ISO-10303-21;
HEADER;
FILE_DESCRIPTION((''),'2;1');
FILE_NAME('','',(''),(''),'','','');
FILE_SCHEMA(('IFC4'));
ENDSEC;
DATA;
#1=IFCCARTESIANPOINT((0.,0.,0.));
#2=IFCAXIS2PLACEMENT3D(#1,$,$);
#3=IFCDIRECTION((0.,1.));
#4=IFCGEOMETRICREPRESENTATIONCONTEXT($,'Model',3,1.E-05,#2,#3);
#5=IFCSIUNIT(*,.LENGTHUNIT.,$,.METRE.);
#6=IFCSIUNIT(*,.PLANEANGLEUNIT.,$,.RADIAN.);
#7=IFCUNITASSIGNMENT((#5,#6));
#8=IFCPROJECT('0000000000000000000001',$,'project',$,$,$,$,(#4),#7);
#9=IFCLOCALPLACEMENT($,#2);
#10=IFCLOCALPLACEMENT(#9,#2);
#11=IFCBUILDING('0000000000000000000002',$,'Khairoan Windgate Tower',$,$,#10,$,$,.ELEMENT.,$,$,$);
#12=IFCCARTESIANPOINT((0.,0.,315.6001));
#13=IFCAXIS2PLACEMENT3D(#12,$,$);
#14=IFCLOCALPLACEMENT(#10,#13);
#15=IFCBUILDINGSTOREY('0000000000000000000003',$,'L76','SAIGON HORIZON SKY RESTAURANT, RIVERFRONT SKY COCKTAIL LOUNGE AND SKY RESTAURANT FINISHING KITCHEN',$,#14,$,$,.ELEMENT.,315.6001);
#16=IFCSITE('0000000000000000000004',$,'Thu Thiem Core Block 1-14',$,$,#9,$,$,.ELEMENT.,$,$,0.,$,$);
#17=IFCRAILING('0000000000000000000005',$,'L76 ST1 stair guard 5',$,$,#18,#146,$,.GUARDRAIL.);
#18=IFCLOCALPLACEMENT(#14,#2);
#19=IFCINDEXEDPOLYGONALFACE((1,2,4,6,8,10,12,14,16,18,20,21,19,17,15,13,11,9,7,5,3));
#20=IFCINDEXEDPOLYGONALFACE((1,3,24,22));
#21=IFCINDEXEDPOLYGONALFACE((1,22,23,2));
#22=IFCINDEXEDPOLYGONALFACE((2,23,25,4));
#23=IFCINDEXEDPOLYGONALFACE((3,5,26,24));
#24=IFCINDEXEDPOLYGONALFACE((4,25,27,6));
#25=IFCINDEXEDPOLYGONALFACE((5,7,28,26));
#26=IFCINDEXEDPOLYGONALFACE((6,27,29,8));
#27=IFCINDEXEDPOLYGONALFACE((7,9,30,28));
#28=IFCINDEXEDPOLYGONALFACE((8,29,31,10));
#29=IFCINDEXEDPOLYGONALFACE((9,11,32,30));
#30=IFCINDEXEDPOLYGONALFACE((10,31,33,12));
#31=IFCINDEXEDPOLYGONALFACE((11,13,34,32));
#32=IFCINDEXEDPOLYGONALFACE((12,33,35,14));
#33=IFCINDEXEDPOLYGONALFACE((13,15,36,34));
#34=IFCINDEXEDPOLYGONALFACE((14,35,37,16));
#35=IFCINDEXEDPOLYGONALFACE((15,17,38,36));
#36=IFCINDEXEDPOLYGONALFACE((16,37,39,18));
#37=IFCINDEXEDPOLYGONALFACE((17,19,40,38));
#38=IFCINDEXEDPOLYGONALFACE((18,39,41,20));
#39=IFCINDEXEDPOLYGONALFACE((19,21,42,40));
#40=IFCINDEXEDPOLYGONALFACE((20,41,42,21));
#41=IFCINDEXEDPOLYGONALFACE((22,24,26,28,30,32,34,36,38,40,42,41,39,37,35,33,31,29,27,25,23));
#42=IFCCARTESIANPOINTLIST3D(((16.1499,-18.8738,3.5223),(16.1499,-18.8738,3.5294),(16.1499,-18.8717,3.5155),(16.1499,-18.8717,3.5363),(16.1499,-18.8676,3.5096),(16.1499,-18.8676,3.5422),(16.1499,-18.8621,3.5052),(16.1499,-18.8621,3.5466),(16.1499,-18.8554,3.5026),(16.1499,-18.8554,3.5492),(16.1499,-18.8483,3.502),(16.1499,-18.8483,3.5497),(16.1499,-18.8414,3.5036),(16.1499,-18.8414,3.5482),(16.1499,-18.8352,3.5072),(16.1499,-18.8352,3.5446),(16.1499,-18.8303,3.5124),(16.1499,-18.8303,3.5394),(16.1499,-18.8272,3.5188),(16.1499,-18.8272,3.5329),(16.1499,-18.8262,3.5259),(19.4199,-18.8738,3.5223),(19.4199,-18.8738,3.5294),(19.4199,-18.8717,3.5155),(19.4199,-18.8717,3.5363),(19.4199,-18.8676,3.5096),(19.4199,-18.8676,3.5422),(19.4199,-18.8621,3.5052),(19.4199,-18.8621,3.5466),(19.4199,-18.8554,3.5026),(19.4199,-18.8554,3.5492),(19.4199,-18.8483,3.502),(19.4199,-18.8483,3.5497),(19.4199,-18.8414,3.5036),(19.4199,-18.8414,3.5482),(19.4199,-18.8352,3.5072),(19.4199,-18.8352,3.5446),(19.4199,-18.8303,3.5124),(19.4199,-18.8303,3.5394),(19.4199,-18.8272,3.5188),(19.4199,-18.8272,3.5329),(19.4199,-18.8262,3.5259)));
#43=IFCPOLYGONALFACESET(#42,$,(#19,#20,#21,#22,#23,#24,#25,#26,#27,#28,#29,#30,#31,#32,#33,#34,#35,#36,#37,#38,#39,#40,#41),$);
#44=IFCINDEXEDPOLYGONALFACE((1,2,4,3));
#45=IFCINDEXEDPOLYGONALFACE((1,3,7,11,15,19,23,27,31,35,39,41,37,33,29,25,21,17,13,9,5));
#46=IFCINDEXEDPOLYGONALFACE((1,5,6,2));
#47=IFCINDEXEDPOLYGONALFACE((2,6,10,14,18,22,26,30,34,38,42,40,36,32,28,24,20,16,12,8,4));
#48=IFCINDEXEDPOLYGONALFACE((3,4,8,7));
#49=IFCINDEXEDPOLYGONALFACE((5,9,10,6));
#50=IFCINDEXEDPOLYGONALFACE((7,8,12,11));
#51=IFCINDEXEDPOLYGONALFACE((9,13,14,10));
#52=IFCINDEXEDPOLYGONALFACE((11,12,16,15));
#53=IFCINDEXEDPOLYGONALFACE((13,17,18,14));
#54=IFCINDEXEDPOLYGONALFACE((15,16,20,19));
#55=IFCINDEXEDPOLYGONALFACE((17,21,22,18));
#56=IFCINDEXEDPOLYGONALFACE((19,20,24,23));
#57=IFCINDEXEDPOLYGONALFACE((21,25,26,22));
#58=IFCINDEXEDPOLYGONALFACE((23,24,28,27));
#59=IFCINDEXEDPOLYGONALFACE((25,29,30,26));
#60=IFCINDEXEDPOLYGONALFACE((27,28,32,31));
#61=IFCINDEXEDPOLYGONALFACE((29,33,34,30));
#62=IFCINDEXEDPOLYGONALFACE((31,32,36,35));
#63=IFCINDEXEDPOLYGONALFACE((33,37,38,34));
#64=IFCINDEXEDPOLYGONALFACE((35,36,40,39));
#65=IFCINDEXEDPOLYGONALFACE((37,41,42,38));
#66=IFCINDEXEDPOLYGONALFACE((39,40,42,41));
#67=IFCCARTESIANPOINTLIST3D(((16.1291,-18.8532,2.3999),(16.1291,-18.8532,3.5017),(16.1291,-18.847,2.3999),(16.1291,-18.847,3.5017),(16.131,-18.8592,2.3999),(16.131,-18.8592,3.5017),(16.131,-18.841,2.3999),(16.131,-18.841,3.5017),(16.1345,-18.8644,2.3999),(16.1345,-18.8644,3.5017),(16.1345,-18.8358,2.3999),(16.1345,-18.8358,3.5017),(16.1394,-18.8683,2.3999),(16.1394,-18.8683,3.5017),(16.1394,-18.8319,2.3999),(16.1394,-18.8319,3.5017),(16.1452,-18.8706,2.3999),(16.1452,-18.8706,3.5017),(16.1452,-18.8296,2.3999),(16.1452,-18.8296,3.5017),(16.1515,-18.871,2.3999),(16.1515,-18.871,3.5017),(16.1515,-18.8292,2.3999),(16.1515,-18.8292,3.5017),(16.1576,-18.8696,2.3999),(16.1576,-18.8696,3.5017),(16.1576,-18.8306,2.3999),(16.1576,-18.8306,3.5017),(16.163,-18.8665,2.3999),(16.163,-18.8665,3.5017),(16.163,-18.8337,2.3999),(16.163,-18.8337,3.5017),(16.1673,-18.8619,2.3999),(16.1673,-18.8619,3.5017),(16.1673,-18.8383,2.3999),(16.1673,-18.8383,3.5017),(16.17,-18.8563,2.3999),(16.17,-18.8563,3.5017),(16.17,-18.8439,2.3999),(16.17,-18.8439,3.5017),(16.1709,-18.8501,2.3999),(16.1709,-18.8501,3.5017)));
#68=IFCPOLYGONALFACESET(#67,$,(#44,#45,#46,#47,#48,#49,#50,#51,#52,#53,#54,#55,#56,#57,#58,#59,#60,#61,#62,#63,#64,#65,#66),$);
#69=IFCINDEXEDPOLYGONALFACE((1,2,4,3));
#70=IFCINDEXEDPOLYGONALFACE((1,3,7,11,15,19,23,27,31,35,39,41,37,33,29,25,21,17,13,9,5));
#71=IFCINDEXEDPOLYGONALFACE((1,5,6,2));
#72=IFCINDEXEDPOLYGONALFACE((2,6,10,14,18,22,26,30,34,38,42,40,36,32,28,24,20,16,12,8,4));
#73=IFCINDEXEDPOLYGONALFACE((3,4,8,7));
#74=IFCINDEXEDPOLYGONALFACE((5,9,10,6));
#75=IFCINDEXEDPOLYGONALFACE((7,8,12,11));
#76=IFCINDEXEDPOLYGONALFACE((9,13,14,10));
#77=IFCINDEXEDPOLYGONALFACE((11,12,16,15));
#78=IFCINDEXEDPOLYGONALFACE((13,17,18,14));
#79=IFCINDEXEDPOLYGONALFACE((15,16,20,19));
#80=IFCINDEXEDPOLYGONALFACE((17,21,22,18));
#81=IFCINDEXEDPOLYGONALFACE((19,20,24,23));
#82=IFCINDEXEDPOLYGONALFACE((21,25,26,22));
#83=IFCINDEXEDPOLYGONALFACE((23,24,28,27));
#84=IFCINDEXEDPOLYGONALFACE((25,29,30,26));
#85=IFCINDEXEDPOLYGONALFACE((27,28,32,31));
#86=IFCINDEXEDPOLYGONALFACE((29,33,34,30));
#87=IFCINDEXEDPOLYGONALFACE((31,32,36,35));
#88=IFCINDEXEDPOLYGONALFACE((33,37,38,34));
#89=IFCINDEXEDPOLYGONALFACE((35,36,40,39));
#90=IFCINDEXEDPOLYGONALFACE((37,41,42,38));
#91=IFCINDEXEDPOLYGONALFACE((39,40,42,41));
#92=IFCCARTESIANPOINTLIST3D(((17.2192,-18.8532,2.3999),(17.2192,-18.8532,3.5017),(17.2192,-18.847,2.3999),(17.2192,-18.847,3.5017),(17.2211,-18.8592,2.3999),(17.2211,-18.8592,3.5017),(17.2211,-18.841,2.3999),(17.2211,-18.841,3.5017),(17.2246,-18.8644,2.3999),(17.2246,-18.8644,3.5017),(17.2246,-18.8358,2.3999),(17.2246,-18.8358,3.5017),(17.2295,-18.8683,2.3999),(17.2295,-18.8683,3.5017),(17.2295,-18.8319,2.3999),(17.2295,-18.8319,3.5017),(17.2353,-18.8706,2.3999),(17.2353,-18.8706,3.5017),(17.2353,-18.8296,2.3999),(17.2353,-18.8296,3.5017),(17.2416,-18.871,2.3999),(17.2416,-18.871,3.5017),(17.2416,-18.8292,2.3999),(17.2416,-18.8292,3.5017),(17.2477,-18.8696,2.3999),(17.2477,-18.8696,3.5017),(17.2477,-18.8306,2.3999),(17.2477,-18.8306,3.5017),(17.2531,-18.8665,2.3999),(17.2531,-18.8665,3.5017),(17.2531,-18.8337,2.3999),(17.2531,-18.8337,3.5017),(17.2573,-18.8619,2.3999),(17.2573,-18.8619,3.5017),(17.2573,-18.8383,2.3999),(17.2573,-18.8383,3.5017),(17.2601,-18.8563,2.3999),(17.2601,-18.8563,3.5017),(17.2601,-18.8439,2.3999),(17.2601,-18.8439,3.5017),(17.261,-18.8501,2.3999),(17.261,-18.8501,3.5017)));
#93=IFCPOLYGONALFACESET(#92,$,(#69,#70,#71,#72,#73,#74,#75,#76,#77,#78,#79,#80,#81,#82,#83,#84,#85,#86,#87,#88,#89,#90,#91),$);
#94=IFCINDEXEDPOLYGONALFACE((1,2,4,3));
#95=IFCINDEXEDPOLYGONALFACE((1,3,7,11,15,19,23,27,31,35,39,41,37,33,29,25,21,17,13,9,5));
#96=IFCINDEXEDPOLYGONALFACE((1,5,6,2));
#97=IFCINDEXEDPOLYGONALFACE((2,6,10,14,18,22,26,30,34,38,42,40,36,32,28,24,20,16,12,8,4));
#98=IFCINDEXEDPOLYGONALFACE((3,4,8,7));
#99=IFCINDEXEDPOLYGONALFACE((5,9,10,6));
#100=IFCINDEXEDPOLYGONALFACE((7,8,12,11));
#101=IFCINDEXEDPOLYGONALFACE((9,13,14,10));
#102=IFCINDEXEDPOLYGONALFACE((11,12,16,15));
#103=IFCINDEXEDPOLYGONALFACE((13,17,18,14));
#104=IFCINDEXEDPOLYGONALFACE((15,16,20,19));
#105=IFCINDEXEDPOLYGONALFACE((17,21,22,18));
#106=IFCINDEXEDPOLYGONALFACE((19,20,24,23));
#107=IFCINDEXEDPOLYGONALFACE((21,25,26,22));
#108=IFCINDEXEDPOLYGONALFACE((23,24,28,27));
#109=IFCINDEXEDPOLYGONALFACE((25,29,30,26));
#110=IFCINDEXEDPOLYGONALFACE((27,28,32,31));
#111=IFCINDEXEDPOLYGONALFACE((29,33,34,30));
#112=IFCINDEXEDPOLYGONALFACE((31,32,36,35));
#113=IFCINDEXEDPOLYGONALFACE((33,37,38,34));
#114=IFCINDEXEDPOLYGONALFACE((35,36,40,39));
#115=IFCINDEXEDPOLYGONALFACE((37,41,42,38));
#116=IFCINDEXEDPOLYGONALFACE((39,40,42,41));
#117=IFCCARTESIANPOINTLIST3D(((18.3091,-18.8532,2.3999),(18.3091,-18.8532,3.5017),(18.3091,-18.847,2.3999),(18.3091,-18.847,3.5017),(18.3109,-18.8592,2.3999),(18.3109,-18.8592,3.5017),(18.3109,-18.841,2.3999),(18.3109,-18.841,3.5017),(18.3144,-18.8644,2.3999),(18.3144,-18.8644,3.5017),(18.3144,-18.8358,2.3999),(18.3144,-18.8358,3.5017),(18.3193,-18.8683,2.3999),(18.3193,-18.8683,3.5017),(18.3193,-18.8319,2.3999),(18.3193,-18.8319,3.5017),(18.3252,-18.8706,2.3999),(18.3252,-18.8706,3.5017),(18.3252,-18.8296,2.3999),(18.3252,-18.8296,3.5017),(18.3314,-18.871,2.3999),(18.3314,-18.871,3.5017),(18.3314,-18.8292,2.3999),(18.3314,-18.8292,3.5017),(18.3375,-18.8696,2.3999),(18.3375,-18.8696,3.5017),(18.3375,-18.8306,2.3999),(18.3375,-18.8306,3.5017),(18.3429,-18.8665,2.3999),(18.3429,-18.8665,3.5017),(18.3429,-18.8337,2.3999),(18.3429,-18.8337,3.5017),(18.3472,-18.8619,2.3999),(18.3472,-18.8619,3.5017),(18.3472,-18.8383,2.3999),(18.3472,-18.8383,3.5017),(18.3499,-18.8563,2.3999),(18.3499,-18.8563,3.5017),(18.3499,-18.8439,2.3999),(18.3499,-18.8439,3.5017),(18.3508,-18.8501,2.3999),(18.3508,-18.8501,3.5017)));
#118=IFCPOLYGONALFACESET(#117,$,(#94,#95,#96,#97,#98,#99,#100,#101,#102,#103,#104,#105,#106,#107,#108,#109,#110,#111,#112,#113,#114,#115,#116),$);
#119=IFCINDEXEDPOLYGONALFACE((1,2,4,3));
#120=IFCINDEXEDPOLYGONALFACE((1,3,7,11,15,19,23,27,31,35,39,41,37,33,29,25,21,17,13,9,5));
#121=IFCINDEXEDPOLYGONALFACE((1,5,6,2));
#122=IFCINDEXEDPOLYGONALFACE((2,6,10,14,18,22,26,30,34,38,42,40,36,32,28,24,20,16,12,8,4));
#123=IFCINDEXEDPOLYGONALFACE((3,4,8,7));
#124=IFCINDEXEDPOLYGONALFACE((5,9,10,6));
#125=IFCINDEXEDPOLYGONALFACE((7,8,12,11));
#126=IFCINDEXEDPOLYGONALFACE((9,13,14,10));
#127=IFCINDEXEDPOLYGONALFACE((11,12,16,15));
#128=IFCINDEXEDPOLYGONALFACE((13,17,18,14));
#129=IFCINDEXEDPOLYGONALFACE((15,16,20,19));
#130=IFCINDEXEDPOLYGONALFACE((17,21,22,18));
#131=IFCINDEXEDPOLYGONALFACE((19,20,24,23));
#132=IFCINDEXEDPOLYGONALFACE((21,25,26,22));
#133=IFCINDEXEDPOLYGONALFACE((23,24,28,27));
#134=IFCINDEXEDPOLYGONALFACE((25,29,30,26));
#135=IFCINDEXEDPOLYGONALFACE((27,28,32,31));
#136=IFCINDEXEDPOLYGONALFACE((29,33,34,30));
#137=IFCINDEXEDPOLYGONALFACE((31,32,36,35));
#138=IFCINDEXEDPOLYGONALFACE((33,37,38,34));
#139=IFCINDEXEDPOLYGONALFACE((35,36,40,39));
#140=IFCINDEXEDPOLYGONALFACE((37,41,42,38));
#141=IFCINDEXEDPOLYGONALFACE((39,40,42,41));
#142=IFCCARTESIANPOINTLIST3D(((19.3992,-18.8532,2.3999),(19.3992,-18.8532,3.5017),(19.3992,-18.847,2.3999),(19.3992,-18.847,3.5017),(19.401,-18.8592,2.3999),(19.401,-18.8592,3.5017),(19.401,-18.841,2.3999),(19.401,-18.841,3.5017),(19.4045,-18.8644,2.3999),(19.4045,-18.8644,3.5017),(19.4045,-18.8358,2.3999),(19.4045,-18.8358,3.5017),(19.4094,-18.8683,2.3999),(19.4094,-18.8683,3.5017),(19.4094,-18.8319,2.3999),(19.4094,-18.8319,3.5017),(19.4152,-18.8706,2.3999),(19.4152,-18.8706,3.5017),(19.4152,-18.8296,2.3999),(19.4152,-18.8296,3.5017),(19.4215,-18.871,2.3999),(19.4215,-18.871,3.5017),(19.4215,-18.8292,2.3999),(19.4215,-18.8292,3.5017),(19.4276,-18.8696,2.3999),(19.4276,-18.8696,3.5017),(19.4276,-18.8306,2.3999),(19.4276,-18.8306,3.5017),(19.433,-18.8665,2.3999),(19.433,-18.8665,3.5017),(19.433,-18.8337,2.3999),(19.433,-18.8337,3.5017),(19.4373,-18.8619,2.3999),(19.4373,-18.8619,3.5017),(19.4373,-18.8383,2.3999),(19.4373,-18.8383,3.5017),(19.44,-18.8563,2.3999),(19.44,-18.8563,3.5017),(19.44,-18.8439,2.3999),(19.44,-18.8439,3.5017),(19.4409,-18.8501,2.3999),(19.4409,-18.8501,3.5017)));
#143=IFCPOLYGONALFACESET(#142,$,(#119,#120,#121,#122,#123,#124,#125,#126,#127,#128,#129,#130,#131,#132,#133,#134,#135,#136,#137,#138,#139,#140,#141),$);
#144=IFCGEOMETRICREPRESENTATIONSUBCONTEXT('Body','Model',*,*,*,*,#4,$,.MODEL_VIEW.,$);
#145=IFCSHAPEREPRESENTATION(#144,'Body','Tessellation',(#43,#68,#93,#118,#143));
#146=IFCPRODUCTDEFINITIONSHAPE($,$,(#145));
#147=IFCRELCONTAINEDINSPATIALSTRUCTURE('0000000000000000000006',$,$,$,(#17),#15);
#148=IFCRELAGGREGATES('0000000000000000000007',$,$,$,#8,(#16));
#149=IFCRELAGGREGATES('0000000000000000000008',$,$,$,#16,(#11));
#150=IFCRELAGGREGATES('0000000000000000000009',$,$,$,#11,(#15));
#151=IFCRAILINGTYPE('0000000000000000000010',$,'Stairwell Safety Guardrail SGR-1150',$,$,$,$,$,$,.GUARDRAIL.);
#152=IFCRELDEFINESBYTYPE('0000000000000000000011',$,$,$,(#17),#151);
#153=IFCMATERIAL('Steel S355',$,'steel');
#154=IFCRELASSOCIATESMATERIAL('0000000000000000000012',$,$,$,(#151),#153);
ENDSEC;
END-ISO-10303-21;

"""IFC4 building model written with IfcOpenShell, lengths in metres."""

from ifc_helpers import new_model, si_unit, direction, frame, origin, origin_2d, place, context, subcontext, project, spatial, circle, extrude, material, type_object, element, save


model = new_model("IFC4")

# Units and contexts
model_context = context("Model", 3, precision=1e-05, world=origin(), true_north=direction((0.0, 1.0)))
body_context = subcontext(model_context, "Body", "Model", "MODEL_VIEW")
ifc_project = project(units=[si_unit("LENGTHUNIT", "METRE"), si_unit("PLANEANGLEUNIT", "RADIAN")], contexts=[model_context])

# Site, building, storey
site_placement = place(None, origin())
site = spatial("IfcSite", under=ifc_project, at=site_placement, Name="Thu Thiem Core Block 1-14", CompositionType="ELEMENT", RefElevation=0.0)
building_placement = place(site_placement, origin())
building = spatial("IfcBuilding", under=site, at=building_placement, Name="Khairoan Windgate Tower", CompositionType="ELEMENT")
storey_placement = place(building_placement, frame((0.0, 0.0, 315.6001)))
storey = spatial("IfcBuildingStorey", under=building, at=storey_placement, Name="L76", Description="SAIGON HORIZON SKY RESTAURANT, RIVERFRONT SKY COCKTAIL LOUNGE AND SKY RESTAURANT FINISHING KITCHEN", CompositionType="ELEMENT", Elevation=315.6001)

# Railing
ifc_material_1 = material(Name="Steel S355", Category="steel")
railing_type_1 = type_object("IfcRailingType", Name="Stairwell Safety Guardrail SGR-1150", PredefinedType="GUARDRAIL", material=ifc_material_1)
railing_1_placement = place(storey_placement, frame((16.1499, -18.8501, 2.3999)))
element("IfcRailing", 1, at=railing_1_placement, inside=storey, type_object=railing_type_1, Name="L76 ST1 stair guard 5", PredefinedType="GUARDRAIL", context=body_context, shape_type="SweptSolid", body=[
    extrude(circle(Radius=0.0239, at=origin_2d()), frame((0.0, 0.0, 1.126), z_axis=(1.0, 0.0, 0.0), x_axis=(0.0, 1.0, 0.0)), (0.0, 0.0, 1.0), 3.27),
    extrude(circle(Radius=0.021, at=origin_2d()), origin(), (0.0, 0.0, 1.0), 1.1018),
    extrude(circle(Radius=0.021, at=origin_2d()), frame((1.0901, 0.0, 0.0)), (0.0, 0.0, 1.0), 1.1018),
    extrude(circle(Radius=0.021, at=origin_2d()), frame((2.1799, 0.0, 0.0)), (0.0, 0.0, 1.0), 1.1018),
    extrude(circle(Radius=0.021, at=origin_2d()), frame((3.27, 0.0, 0.0)), (0.0, 0.0, 1.0), 1.1018),
])

save(model, "model.ifc")
